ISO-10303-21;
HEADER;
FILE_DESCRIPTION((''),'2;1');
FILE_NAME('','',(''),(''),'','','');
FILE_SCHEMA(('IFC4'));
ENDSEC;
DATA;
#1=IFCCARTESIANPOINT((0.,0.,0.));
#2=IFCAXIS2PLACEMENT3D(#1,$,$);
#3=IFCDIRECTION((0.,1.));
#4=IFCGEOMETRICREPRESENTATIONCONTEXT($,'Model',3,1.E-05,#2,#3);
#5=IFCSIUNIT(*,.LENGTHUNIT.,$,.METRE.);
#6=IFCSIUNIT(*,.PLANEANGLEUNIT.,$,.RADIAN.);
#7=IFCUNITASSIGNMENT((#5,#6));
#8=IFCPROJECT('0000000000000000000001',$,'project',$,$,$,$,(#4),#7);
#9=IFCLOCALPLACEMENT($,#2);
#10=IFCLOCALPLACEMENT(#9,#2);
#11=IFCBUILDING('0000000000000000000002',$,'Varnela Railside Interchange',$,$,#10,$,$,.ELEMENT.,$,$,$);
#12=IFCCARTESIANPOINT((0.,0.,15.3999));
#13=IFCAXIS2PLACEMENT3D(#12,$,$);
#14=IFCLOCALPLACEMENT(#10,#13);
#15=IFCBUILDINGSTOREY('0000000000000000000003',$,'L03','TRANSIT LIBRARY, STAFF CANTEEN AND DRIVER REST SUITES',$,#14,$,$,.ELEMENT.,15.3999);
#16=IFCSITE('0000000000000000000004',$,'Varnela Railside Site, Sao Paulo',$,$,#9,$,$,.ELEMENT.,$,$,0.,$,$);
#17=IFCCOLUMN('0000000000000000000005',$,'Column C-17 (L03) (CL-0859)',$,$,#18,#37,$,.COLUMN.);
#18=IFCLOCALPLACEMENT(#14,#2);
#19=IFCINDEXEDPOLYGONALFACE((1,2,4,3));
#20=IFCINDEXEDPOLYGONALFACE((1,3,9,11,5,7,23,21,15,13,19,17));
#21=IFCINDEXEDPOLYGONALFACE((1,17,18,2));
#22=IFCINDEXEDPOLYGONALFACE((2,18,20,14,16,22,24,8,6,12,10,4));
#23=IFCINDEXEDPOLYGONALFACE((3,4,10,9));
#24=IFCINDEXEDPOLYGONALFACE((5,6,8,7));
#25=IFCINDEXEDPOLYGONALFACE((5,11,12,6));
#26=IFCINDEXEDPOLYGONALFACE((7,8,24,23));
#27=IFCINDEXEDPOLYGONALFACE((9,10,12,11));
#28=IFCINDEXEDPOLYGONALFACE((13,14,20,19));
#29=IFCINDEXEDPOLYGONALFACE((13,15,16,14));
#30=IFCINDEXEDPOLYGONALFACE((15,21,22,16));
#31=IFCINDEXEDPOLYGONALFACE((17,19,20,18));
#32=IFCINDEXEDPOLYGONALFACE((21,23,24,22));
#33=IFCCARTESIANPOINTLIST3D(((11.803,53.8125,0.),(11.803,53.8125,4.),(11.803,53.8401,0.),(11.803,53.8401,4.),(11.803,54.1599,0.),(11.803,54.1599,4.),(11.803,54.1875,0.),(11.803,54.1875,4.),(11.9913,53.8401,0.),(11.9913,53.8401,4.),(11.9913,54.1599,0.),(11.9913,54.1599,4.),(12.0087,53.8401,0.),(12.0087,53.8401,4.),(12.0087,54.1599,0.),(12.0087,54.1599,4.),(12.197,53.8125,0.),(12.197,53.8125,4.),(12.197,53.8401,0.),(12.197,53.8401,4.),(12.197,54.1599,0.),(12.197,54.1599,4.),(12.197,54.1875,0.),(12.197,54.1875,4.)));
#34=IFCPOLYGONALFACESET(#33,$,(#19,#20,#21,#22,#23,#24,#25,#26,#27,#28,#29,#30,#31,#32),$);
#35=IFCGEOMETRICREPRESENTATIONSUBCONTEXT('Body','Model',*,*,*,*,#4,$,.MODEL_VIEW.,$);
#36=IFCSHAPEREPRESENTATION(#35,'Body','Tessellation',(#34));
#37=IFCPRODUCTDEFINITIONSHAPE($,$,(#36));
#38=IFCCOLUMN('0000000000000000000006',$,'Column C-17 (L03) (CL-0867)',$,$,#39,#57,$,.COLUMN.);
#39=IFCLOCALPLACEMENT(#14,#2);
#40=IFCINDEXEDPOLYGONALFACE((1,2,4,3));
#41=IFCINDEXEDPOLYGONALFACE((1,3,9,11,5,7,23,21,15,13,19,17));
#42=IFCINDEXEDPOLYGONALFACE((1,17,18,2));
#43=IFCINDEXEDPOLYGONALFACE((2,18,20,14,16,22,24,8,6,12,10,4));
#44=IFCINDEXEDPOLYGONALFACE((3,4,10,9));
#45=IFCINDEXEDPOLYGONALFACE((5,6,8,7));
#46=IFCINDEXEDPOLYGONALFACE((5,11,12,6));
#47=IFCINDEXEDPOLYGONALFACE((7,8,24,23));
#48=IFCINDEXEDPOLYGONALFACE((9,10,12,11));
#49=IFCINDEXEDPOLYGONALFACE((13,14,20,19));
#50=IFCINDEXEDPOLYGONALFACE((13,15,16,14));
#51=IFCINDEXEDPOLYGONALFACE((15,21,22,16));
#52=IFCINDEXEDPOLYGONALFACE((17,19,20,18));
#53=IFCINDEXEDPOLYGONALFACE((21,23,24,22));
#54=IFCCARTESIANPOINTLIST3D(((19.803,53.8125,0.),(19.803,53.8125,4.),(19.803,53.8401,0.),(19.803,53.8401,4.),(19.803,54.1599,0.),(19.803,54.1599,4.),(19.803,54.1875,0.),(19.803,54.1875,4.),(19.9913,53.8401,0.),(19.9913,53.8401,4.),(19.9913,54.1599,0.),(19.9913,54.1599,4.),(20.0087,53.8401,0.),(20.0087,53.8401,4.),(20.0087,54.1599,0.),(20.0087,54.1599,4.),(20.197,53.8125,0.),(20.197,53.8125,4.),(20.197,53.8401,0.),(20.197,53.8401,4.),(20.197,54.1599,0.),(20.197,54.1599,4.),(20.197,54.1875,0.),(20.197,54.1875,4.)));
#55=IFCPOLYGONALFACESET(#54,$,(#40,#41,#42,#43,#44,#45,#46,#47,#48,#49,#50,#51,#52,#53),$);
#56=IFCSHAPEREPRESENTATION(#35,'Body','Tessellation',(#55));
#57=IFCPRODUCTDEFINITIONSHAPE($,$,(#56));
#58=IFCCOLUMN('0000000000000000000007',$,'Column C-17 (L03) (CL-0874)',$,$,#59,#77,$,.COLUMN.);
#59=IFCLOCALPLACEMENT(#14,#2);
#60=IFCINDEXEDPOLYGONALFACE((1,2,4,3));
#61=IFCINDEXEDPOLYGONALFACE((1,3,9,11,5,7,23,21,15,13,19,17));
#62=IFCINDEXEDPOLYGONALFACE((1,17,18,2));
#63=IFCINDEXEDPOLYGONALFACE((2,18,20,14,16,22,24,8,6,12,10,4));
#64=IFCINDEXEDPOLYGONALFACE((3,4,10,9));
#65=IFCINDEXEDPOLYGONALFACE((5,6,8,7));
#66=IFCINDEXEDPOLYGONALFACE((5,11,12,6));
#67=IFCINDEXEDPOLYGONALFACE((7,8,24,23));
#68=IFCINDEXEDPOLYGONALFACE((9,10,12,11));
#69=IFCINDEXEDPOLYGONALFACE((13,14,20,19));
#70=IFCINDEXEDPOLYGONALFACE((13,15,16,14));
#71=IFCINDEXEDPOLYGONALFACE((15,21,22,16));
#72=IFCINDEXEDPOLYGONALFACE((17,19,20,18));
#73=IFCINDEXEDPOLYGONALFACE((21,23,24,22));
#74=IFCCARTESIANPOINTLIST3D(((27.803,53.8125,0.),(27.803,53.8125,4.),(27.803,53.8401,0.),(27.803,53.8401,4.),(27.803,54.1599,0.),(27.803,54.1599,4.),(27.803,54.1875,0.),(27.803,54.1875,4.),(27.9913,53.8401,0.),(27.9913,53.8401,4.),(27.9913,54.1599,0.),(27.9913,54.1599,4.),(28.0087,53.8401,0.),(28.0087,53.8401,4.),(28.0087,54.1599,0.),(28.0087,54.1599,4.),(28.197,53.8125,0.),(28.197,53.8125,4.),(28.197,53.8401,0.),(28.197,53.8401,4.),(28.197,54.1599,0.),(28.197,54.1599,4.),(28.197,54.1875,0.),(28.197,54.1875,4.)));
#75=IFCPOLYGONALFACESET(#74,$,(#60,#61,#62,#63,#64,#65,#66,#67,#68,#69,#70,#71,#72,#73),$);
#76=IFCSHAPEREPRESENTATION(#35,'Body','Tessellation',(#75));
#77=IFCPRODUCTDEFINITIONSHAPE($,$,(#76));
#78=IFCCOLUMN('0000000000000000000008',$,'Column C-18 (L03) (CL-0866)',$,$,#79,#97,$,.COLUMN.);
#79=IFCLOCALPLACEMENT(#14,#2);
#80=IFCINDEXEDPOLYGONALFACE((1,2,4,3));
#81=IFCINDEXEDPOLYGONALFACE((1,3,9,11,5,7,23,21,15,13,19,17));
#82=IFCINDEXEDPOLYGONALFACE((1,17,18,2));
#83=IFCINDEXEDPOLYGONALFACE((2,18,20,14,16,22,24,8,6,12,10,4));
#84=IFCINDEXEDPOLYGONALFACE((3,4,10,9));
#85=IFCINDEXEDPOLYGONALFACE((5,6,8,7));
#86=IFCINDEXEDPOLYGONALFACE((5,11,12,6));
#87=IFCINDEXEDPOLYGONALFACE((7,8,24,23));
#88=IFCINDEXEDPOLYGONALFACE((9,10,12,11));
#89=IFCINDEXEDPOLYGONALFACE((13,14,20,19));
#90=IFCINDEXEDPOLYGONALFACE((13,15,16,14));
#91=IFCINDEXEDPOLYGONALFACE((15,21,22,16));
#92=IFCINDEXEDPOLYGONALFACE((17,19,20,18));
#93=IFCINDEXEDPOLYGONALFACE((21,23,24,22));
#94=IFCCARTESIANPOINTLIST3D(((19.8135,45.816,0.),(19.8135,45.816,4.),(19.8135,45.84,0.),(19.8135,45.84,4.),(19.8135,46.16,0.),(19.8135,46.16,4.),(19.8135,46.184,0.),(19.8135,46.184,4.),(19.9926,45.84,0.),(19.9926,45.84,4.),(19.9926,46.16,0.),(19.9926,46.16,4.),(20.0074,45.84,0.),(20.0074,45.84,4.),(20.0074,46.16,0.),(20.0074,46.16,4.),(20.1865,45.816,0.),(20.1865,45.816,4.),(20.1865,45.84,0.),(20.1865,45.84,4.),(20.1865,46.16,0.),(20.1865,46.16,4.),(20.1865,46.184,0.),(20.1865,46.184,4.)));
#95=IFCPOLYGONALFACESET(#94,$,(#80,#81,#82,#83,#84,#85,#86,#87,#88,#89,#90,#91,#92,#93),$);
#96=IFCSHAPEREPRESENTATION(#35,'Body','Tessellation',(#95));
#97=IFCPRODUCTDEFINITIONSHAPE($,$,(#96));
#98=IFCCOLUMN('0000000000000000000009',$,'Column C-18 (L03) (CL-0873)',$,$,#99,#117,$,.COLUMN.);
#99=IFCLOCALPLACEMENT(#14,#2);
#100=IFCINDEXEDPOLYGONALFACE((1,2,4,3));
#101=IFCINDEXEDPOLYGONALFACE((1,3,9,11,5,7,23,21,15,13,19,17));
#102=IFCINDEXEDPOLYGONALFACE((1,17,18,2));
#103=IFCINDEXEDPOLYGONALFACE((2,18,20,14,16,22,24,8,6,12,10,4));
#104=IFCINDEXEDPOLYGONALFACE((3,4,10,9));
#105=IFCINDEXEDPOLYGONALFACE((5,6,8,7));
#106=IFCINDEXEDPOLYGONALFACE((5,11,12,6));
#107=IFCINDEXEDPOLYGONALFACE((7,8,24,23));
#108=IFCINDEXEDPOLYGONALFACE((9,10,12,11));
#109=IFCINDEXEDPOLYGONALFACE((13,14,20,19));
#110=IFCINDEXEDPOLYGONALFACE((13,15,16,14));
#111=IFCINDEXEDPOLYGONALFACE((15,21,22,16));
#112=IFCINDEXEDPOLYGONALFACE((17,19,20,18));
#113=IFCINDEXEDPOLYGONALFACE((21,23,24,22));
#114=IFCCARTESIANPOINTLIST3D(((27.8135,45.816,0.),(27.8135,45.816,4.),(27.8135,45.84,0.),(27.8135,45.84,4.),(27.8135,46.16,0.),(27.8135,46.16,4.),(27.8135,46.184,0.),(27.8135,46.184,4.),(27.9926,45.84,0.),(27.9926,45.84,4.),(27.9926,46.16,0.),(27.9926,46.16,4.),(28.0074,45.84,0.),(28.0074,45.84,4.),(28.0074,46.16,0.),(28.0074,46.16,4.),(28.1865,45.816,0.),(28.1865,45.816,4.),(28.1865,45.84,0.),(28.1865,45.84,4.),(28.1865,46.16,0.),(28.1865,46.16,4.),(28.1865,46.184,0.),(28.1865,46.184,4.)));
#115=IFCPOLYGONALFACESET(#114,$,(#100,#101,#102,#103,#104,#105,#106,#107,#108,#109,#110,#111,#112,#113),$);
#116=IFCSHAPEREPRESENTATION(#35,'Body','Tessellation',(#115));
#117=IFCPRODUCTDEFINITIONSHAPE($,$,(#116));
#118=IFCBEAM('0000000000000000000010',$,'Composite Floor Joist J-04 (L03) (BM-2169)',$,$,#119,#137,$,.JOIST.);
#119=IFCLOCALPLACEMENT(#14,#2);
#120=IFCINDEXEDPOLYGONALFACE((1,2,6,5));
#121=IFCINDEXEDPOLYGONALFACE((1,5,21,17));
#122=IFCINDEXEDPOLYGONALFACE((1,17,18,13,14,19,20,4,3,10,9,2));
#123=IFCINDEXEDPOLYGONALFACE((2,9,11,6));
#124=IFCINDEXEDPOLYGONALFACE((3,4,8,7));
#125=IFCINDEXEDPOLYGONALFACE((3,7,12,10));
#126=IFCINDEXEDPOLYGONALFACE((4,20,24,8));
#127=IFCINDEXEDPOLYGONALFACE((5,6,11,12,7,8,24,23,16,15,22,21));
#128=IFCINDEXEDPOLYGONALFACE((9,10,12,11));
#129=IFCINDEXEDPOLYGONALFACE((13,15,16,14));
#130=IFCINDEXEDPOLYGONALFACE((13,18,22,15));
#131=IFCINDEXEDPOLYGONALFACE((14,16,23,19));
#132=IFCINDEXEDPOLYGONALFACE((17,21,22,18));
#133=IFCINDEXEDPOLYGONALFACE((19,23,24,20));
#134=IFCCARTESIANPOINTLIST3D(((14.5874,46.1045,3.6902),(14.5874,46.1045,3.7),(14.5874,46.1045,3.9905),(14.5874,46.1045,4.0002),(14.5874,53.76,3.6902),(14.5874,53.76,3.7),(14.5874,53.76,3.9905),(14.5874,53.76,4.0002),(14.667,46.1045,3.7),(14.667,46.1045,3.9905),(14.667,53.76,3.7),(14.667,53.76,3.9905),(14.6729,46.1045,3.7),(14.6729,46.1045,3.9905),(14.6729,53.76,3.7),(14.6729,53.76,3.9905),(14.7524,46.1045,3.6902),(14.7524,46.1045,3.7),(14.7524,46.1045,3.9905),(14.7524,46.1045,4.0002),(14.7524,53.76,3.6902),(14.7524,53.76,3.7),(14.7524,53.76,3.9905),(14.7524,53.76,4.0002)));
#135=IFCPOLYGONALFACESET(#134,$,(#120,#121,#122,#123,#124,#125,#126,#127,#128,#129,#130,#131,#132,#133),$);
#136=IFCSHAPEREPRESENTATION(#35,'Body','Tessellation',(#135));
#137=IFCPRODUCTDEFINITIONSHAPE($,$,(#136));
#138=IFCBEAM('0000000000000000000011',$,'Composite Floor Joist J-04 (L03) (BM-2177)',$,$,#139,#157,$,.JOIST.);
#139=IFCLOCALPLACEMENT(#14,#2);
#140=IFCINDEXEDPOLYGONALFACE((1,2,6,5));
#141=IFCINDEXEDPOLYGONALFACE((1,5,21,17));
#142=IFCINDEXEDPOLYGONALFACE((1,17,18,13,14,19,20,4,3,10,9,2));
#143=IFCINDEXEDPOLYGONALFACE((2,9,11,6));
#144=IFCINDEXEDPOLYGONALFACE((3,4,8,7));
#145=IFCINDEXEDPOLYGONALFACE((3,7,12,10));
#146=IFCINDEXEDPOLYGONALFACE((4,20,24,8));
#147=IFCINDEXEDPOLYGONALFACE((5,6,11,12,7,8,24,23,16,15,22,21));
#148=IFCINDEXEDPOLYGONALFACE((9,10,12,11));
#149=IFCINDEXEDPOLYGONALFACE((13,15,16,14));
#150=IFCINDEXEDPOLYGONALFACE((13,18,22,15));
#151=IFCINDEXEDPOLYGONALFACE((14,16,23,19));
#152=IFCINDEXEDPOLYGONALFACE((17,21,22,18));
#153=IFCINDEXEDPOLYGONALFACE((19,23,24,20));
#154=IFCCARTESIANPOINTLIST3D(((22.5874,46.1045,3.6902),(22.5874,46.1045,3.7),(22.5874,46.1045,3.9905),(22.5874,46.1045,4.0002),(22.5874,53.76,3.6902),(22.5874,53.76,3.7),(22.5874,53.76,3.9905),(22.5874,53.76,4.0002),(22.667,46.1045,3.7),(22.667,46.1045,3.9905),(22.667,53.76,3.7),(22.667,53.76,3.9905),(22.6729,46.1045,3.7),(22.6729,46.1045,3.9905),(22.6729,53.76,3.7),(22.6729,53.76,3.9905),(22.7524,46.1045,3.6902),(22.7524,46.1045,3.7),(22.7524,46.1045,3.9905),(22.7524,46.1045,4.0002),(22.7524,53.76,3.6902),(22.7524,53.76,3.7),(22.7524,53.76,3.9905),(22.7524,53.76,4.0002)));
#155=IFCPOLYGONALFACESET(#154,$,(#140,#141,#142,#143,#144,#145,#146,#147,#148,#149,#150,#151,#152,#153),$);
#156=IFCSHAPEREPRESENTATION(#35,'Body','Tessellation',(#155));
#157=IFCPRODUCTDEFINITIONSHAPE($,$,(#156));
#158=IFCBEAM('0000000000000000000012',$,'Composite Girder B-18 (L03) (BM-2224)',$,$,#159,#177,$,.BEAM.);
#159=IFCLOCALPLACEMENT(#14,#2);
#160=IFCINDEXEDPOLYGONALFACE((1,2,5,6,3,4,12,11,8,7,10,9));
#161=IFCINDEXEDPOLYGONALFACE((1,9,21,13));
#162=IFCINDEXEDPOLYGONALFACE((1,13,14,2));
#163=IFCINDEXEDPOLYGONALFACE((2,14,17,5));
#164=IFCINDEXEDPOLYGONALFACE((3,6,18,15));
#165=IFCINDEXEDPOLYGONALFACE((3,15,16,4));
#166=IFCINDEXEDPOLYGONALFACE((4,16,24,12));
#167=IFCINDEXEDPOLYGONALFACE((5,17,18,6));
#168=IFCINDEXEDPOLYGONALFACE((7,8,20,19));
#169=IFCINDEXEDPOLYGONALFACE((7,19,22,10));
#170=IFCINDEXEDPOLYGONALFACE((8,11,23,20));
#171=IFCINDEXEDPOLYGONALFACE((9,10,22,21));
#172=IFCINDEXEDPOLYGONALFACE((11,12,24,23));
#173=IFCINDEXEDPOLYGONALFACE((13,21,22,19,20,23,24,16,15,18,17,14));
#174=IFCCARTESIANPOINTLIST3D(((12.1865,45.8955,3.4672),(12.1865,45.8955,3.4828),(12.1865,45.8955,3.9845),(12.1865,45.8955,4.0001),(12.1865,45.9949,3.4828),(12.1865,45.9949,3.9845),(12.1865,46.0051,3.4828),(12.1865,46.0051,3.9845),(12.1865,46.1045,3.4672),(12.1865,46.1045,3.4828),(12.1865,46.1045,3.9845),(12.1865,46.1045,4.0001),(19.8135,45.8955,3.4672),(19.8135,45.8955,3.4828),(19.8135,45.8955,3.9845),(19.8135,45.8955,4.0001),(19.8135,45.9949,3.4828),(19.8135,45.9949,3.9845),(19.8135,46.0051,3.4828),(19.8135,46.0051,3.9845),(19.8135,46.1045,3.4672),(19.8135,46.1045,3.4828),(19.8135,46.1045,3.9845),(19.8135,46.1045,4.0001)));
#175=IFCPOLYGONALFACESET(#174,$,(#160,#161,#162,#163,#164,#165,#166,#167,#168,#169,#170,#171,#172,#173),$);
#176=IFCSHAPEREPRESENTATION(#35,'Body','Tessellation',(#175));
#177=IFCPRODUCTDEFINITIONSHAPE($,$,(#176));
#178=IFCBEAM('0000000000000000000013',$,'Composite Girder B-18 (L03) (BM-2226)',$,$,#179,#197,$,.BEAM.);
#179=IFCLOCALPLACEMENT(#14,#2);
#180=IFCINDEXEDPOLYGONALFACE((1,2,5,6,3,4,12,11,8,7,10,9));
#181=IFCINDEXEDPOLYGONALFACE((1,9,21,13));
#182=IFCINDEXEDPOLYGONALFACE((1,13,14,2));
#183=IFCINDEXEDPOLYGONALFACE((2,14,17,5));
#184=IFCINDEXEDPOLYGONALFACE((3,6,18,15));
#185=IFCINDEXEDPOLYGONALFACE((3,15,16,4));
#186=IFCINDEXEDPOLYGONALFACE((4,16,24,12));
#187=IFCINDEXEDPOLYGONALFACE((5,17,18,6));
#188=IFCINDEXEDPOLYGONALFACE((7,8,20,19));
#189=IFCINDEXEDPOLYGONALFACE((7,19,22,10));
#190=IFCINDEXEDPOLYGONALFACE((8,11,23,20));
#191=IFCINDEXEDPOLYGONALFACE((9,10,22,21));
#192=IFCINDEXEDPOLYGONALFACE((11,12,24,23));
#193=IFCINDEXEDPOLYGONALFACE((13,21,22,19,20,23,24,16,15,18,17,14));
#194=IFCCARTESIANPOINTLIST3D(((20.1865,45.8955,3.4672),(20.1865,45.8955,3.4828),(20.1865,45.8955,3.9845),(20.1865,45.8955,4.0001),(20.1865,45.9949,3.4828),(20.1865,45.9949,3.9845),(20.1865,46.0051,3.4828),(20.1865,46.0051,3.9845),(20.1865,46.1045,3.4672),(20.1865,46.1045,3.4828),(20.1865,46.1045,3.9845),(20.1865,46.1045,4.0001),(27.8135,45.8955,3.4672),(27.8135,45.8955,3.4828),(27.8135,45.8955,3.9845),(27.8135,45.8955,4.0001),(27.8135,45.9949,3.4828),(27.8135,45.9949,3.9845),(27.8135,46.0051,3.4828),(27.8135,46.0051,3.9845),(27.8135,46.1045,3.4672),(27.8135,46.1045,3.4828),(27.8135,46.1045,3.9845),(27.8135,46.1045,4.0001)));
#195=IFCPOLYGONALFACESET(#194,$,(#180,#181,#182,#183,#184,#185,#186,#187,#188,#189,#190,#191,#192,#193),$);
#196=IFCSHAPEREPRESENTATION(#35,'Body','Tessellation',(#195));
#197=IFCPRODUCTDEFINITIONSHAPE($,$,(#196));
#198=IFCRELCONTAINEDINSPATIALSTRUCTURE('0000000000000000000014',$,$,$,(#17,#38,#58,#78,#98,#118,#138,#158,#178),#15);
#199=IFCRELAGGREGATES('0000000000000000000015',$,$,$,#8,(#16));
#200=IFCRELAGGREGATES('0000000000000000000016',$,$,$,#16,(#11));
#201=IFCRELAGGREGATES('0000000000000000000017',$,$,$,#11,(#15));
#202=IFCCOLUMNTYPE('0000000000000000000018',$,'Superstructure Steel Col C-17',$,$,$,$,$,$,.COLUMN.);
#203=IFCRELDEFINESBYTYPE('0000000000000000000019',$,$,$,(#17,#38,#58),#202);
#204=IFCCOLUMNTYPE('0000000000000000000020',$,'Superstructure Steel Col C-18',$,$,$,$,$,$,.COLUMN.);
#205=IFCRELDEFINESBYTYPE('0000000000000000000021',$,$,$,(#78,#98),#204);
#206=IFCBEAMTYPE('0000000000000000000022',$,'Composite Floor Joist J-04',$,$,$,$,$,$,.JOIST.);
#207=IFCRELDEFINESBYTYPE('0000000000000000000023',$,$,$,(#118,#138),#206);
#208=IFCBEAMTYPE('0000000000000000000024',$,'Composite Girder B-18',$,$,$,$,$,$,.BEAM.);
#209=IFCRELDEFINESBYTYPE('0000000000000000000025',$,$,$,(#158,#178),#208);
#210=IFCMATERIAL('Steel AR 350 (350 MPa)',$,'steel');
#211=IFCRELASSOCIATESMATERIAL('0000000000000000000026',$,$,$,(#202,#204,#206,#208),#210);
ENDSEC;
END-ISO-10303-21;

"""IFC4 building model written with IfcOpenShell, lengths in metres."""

from ifc_helpers import new_model, si_unit, direction, frame, origin, origin_2d, place, context, subcontext, project, spatial, i_section, extrude, material, material_profile, profile_set, type_object, element, save


model = new_model("IFC4")

# Units and contexts
model_context = context("Model", 3, precision=1e-05, world=origin(), true_north=direction((0.0, 1.0)))
body_context = subcontext(model_context, "Body", "Model", "MODEL_VIEW")
ifc_project = project(units=[si_unit("LENGTHUNIT", "METRE"), si_unit("PLANEANGLEUNIT", "RADIAN")], contexts=[model_context])

# Site, building, storey
site_placement = place(None, origin())
site = spatial("IfcSite", under=ifc_project, at=site_placement, Name="Varnela Railside Site, Sao Paulo", CompositionType="ELEMENT", RefElevation=0.0)
building_placement = place(site_placement, origin())
building = spatial("IfcBuilding", under=site, at=building_placement, Name="Varnela Railside Interchange", CompositionType="ELEMENT")
storey_placement = place(building_placement, frame((0.0, 0.0, 15.3999)))
storey = spatial("IfcBuildingStorey", under=building, at=storey_placement, Name="L03", Description="TRANSIT LIBRARY, STAFF CANTEEN AND DRIVER REST SUITES", CompositionType="ELEMENT", Elevation=15.3999)

# Columns
ifc_material_1 = material(Name="Steel AR 350 (350 MPa)", Category="steel")
ifc_material_profile_1 = material_profile(ifc_material_1, i_section(OverallWidth=0.394, OverallDepth=0.375, WebThickness=0.0173, FlangeThickness=0.0276, at=origin_2d()), Name="W360x216")
ifc_profile_set_1 = profile_set([ifc_material_profile_1], Name="Steel AR 350 (350 MPa)")
column_type_1 = type_object("IfcColumnType", Name="Superstructure Steel Col C-17", PredefinedType="COLUMN", material=ifc_profile_set_1)
for number, where, z_axis, x_axis, name in (
    (1, (12.0, 54.0, 0.0), (0.0, 0.0, 1.0), (1.0, 0.0, 0.0), "Column C-17 (L03) (CL-0859)"),
    (2, (20.0, 54.0, 0.0), (0.0, 0.0, 1.0), (1.0, 0.0, 0.0), "Column C-17 (L03) (CL-0867)"),
    (3, (28.0, 54.0, 0.0), (0.0, 0.0, 1.0), (1.0, 0.0, 0.0), "Column C-17 (L03) (CL-0874)"),
):
    element("IfcColumn", number, at=place(storey_placement, frame(where, z_axis=z_axis, x_axis=x_axis)), inside=storey, type_object=column_type_1, Name=name, PredefinedType="COLUMN", context=body_context, shape_type="SweptSolid", body=[
        extrude(i_section(OverallWidth=0.394, OverallDepth=0.375, WebThickness=0.0173, FlangeThickness=0.0276, at=origin_2d()), origin(), (0.0, 0.0, 1.0), 4.0),
    ])
ifc_material_profile_2 = material_profile(ifc_material_1, i_section(OverallWidth=0.373, OverallDepth=0.3679, WebThickness=0.0149, FlangeThickness=0.0239, at=origin_2d()), Name="W360x179")
ifc_profile_set_2 = profile_set([ifc_material_profile_2], Name="Steel AR 350 (350 MPa)")
column_type_2 = type_object("IfcColumnType", Name="Superstructure Steel Col C-18", PredefinedType="COLUMN", material=ifc_profile_set_2)
for number, where, z_axis, x_axis, name in (
    (4, (20.0, 46.0, 0.0), (0.0, 0.0, 1.0), (1.0, 0.0, 0.0), "Column C-18 (L03) (CL-0866)"),
    (5, (28.0, 46.0, 0.0), (0.0, 0.0, 1.0), (1.0, 0.0, 0.0), "Column C-18 (L03) (CL-0873)"),
):
    element("IfcColumn", number, at=place(storey_placement, frame(where, z_axis=z_axis, x_axis=x_axis)), inside=storey, type_object=column_type_2, Name=name, PredefinedType="COLUMN", context=body_context, shape_type="SweptSolid", body=[
        extrude(i_section(OverallWidth=0.373, OverallDepth=0.3679, WebThickness=0.0149, FlangeThickness=0.0239, at=origin_2d()), origin(), (0.0, 0.0, 1.0), 4.0),
    ])

# Beams
ifc_material_profile_3 = material_profile(ifc_material_1, i_section(OverallWidth=0.165, OverallDepth=0.3101, WebThickness=0.0059, FlangeThickness=0.0098, at=origin_2d()), Name="W310x38.7")
ifc_profile_set_3 = profile_set([ifc_material_profile_3], Name="Steel AR 350 (350 MPa)")
beam_type_1 = type_object("IfcBeamType", Name="Composite Floor Joist J-04", PredefinedType="JOIST", material=ifc_profile_set_3)
for number, where, z_axis, x_axis, name in (
    (6, (14.6699, 46.1045, 3.8452), (0.0, 1.0, 0.0), (-1.0, 0.0, 0.0), "Composite Floor Joist J-04 (L03) (BM-2169)"),
    (7, (22.6699, 46.1045, 3.8452), (0.0, 1.0, 0.0), (-1.0, 0.0, 0.0), "Composite Floor Joist J-04 (L03) (BM-2177)"),
):
    element("IfcBeam", number, at=place(storey_placement, frame(where, z_axis=z_axis, x_axis=x_axis)), inside=storey, type_object=beam_type_1, Name=name, PredefinedType="JOIST", context=body_context, shape_type="SweptSolid", body=[
        extrude(i_section(OverallWidth=0.165, OverallDepth=0.3101, WebThickness=0.0059, FlangeThickness=0.0098, at=origin_2d()), origin(), (0.0, 0.0, 1.0), 7.6555),
    ])
ifc_material_profile_4 = material_profile(ifc_material_1, i_section(OverallWidth=0.209, OverallDepth=0.533, WebThickness=0.0103, FlangeThickness=0.0156, at=origin_2d()), Name="W530x92")
ifc_profile_set_4 = profile_set([ifc_material_profile_4], Name="Steel AR 350 (350 MPa)")
beam_type_2 = type_object("IfcBeamType", Name="Composite Girder B-18", PredefinedType="BEAM", material=ifc_profile_set_4)
for number, where, z_axis, x_axis, name in (
    (8, (12.1865, 46.0, 3.7336), (1.0, 0.0, 0.0), (0.0, 1.0, 0.0), "Composite Girder B-18 (L03) (BM-2224)"),
    (9, (20.1865, 46.0, 3.7336), (1.0, 0.0, 0.0), (0.0, 1.0, 0.0), "Composite Girder B-18 (L03) (BM-2226)"),
):
    element("IfcBeam", number, at=place(storey_placement, frame(where, z_axis=z_axis, x_axis=x_axis)), inside=storey, type_object=beam_type_2, Name=name, PredefinedType="BEAM", context=body_context, shape_type="SweptSolid", body=[
        extrude(i_section(OverallWidth=0.209, OverallDepth=0.533, WebThickness=0.0103, FlangeThickness=0.0156, at=origin_2d()), origin(), (0.0, 0.0, 1.0), 7.627),
    ])

save(model, "model.ifc")
